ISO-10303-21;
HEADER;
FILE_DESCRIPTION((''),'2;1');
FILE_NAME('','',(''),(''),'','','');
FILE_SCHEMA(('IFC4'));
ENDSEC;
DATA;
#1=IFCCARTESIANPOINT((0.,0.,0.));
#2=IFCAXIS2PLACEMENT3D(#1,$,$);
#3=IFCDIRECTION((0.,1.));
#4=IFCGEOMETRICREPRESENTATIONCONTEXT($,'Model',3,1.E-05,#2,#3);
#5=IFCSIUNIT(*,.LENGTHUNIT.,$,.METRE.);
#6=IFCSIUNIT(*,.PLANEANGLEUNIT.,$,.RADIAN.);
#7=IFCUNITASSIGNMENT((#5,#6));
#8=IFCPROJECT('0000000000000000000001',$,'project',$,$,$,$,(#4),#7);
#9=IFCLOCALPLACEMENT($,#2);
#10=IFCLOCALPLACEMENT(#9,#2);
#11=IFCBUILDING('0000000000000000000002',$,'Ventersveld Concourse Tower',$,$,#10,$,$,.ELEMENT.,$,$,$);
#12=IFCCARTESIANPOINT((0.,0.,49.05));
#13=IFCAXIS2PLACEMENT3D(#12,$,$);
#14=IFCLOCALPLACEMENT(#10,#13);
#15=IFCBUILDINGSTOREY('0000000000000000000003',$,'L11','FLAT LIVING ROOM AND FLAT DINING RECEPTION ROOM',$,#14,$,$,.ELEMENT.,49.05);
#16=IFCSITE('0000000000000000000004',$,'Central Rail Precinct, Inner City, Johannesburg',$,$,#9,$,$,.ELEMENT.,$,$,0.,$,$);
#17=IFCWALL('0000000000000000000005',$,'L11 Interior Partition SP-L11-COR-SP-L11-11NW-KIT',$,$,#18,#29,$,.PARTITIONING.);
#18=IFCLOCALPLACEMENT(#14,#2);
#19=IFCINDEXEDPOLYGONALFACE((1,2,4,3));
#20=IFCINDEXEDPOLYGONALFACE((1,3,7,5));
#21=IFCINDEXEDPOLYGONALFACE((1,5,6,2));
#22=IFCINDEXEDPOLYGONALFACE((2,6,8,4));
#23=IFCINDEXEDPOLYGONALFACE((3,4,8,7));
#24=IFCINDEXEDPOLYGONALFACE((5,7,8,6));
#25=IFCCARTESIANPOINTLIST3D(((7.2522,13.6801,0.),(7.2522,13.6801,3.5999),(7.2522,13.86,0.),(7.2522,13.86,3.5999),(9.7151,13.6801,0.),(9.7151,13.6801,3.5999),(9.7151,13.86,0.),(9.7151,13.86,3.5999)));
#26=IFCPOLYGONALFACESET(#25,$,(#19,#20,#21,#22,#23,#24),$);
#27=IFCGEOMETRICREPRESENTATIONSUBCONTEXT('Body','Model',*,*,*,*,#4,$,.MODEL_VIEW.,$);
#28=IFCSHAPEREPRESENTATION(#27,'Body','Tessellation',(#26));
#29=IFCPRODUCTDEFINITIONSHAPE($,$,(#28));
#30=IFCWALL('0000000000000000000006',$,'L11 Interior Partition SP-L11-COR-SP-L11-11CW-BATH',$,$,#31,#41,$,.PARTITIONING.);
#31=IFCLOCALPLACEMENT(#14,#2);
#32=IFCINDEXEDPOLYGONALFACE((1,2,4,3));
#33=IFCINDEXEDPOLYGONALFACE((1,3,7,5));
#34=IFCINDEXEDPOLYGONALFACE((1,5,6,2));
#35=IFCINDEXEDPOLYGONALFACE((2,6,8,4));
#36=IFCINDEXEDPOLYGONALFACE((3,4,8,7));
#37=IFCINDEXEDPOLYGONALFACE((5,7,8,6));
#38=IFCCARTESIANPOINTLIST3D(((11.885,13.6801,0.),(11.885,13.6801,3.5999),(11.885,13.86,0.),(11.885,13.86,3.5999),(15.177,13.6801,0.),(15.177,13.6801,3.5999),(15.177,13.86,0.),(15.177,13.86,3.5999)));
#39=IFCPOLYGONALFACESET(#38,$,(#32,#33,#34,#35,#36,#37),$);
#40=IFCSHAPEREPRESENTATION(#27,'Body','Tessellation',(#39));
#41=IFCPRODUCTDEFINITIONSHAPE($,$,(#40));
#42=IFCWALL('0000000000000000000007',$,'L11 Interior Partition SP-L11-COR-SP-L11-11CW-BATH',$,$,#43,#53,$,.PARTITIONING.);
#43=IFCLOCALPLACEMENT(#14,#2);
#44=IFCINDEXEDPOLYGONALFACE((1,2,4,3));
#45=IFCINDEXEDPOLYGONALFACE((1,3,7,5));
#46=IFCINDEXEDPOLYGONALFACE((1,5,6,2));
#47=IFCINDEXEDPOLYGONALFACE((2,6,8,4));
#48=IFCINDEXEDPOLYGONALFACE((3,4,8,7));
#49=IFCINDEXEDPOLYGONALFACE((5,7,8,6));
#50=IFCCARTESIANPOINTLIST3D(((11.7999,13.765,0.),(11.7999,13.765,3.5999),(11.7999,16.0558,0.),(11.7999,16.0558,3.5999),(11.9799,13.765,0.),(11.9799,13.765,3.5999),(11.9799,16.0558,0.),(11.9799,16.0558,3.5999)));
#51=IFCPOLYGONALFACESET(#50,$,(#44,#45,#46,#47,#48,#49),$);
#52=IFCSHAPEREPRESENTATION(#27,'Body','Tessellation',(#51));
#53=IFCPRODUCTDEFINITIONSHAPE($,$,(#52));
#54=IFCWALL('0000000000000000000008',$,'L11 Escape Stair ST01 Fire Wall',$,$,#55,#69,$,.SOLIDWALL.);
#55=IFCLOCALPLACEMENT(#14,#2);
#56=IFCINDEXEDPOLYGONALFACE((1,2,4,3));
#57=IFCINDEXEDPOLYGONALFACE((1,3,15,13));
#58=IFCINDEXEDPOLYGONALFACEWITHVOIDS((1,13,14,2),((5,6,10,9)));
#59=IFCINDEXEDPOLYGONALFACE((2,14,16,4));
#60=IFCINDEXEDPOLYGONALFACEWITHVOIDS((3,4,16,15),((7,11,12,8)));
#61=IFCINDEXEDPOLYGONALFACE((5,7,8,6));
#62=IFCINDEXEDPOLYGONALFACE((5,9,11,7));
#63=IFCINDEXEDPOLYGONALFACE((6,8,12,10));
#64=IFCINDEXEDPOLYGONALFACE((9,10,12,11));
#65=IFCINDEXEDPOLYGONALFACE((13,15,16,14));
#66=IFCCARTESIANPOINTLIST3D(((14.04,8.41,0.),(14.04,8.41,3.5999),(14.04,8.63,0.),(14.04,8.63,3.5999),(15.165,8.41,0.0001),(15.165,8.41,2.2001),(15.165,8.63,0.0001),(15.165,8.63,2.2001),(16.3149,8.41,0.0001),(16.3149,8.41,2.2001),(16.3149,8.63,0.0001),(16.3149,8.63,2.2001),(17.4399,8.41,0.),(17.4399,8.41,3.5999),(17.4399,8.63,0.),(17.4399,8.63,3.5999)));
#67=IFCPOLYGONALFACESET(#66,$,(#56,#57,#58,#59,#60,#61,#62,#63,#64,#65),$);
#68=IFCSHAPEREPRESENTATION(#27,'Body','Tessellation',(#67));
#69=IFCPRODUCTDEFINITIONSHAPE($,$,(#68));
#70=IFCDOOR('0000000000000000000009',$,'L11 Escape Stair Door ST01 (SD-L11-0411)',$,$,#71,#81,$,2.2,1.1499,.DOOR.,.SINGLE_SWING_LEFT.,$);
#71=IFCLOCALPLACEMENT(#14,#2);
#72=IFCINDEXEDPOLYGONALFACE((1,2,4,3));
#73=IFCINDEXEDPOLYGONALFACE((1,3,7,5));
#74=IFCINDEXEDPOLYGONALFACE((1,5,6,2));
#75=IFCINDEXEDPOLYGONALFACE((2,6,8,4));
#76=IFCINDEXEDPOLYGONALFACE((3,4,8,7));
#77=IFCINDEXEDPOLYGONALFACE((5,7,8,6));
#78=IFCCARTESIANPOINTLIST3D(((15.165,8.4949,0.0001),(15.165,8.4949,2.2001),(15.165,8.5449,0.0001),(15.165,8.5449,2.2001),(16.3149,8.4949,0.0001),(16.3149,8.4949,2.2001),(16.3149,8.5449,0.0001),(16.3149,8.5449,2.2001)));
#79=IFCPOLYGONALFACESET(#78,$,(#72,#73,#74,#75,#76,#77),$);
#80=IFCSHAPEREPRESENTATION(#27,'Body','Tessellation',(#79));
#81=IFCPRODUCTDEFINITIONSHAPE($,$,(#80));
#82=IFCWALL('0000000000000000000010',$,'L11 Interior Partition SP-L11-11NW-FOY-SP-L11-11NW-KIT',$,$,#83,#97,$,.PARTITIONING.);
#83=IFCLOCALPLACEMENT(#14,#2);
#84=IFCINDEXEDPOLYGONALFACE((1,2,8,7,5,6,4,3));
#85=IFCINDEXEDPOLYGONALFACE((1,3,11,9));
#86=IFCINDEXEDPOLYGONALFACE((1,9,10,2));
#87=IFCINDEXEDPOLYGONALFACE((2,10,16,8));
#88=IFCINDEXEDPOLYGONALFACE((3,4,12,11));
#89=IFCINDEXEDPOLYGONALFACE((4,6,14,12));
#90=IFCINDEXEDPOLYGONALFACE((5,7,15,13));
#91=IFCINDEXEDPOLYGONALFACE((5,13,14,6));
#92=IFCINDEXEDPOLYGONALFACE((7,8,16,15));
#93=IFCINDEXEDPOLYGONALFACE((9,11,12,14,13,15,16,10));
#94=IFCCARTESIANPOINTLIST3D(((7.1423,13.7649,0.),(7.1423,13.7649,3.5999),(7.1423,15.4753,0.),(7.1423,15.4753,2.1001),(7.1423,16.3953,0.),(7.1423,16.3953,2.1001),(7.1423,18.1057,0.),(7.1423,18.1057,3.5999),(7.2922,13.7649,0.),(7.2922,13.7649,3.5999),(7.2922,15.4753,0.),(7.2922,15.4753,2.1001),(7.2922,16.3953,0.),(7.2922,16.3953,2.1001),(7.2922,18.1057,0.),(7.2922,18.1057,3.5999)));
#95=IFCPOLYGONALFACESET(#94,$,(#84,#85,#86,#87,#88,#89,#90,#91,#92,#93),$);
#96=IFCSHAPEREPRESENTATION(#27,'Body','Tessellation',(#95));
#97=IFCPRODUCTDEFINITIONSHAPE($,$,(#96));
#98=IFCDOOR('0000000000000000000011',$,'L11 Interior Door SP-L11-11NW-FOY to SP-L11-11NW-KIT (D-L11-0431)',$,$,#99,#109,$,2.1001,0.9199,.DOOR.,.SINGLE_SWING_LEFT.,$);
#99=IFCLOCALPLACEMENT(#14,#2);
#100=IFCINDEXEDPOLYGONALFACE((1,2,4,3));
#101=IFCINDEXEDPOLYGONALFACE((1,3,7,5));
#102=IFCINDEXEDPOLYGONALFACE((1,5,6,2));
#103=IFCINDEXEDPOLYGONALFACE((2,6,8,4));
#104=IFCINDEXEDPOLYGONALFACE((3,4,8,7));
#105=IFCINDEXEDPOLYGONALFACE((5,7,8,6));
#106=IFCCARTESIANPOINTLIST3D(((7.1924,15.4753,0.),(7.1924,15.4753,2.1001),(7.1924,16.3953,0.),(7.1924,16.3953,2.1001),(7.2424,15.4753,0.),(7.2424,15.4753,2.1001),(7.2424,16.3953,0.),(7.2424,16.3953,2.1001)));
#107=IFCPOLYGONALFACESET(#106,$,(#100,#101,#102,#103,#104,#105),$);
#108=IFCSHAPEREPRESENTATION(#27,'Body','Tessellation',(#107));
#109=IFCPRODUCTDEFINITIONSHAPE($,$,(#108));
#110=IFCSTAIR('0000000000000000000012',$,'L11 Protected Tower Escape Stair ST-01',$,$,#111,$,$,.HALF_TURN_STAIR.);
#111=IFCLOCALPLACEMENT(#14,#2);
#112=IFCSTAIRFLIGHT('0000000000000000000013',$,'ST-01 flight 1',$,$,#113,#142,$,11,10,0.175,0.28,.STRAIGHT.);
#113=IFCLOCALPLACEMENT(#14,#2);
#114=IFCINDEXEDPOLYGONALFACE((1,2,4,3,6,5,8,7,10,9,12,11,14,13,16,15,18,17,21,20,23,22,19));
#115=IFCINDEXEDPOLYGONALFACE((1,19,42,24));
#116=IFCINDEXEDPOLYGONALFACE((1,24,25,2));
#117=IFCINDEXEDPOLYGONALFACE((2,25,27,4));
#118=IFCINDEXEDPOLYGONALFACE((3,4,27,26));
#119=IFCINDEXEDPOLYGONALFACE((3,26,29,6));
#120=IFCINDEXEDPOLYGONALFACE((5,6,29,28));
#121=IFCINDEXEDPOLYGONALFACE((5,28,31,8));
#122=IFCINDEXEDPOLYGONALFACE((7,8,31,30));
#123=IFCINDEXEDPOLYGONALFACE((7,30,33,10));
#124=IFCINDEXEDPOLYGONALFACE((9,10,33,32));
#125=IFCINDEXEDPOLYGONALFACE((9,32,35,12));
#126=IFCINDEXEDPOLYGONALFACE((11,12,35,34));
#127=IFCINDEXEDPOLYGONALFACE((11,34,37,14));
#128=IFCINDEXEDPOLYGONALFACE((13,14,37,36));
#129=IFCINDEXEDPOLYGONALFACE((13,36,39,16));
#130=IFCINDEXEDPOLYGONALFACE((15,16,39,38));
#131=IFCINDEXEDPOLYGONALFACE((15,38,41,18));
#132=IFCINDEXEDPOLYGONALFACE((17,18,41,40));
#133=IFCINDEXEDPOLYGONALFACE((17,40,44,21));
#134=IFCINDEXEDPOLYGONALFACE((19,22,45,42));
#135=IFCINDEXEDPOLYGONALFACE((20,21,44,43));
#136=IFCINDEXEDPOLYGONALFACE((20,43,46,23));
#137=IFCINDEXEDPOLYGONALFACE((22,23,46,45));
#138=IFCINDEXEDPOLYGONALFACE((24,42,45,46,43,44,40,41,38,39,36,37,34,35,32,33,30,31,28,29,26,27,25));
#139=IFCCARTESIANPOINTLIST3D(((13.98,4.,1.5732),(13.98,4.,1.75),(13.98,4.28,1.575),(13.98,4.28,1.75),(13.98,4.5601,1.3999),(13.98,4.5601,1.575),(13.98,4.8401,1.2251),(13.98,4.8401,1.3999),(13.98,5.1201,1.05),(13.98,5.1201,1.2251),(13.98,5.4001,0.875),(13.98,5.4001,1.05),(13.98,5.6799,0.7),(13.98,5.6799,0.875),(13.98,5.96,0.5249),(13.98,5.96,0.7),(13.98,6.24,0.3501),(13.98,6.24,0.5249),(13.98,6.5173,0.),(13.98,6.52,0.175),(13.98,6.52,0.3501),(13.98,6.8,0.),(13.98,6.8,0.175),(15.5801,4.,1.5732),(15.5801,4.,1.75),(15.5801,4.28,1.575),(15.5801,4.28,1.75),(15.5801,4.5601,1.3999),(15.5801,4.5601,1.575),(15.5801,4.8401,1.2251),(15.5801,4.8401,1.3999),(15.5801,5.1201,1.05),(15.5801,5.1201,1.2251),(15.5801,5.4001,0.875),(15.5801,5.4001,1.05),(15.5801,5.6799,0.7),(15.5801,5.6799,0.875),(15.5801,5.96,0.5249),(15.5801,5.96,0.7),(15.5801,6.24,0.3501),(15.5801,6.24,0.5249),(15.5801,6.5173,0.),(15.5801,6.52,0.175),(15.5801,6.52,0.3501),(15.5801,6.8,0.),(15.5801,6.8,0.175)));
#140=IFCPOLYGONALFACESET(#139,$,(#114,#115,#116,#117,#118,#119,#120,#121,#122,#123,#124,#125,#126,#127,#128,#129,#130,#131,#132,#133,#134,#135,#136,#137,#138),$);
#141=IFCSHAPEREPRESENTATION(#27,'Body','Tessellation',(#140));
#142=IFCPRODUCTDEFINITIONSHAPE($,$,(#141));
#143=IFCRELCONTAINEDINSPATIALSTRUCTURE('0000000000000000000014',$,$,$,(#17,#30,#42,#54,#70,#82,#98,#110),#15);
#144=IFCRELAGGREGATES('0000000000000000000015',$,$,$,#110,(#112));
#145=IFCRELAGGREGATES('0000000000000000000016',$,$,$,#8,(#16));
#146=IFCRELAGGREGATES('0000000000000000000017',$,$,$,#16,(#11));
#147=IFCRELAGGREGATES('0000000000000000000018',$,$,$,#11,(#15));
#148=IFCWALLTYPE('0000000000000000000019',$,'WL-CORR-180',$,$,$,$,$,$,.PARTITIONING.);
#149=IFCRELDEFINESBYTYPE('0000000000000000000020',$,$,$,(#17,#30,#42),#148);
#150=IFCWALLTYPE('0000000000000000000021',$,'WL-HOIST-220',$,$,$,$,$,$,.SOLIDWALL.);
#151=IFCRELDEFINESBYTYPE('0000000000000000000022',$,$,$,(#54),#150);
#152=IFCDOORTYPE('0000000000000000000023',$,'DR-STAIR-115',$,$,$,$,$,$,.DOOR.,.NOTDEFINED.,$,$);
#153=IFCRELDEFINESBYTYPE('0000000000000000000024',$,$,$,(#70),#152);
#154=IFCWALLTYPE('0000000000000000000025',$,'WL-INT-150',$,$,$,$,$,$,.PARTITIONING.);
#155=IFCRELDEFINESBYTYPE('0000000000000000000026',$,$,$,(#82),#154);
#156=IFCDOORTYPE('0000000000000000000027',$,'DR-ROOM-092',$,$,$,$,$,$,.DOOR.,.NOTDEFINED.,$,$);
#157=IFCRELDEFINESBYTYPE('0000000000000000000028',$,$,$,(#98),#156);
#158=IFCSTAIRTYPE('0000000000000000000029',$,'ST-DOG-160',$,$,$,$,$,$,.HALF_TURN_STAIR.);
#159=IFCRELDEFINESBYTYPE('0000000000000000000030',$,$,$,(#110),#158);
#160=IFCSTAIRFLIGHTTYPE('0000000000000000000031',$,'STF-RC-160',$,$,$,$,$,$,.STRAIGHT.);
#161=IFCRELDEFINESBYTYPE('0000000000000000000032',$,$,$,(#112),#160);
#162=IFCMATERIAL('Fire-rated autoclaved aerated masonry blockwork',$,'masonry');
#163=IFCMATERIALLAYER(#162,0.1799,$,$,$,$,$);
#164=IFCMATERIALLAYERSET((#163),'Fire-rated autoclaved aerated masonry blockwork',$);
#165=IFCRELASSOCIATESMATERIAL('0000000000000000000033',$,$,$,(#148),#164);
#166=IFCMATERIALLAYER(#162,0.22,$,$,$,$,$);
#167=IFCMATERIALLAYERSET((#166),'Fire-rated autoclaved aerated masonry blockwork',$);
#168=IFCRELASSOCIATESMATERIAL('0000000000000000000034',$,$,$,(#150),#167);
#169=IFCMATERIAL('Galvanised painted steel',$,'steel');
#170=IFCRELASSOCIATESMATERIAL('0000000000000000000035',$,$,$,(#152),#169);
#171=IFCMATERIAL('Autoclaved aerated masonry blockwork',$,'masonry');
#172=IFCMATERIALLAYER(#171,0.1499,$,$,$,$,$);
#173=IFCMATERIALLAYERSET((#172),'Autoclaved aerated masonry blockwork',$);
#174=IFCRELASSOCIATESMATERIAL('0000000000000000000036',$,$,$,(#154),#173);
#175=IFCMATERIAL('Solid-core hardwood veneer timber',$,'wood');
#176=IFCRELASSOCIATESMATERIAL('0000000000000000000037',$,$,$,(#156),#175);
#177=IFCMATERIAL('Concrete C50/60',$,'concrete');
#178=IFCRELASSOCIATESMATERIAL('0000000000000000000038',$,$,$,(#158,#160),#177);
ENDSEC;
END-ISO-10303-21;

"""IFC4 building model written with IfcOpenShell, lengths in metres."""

from ifc_helpers import new_model, si_unit, direction, frame, frame_2d, origin, place, context, subcontext, project, spatial, polyline, rectangle, outline, extrude, material, layer, layer_set, type_object, element, fill, aggregate, save


model = new_model("IFC4")

# Units and contexts
model_context = context("Model", 3, precision=1e-05, world=origin(), true_north=direction((0.0, 1.0)))
body_context = subcontext(model_context, "Body", "Model", "MODEL_VIEW")
ifc_project = project(units=[si_unit("LENGTHUNIT", "METRE"), si_unit("PLANEANGLEUNIT", "RADIAN")], contexts=[model_context])

# Site, building, storey
site_placement = place(None, origin())
site = spatial("IfcSite", under=ifc_project, at=site_placement, Name="Central Rail Precinct, Inner City, Johannesburg", CompositionType="ELEMENT", RefElevation=0.0)
building_placement = place(site_placement, origin())
building = spatial("IfcBuilding", under=site, at=building_placement, Name="Ventersveld Concourse Tower", CompositionType="ELEMENT")
storey_placement = place(building_placement, frame((0.0, 0.0, 49.05)))
storey = spatial("IfcBuildingStorey", under=building, at=storey_placement, Name="L11", Description="FLAT LIVING ROOM AND FLAT DINING RECEPTION ROOM", CompositionType="ELEMENT", Elevation=49.05)

# Shared definitions
ifc_material_1 = material(Name="Concrete C50/60", Category="concrete")

# Shared definitions
ifc_material_2 = material(Name="Fire-rated autoclaved aerated masonry blockwork", Category="masonry")
ifc_layer_1 = layer(ifc_material_2, 0.1799)
ifc_layer_set_1 = layer_set([ifc_layer_1], Name="Fire-rated autoclaved aerated masonry blockwork")
wall_type_1 = type_object("IfcWallType", Name="WL-CORR-180", PredefinedType="PARTITIONING", material=ifc_layer_set_1)
ifc_material_3 = material(Name="Solid-core hardwood veneer timber", Category="wood")

# Wall
wall_1_placement = place(storey_placement, frame((7.2522, 13.77, 0.0), z_axis=(0.0, 0.0, 1.0), x_axis=(1.0, 0.0, 0.0)))
element("IfcWall", 1, at=wall_1_placement, inside=storey, type_object=wall_type_1, Name="L11 Interior Partition SP-L11-COR-SP-L11-11NW-KIT", PredefinedType="PARTITIONING", context=body_context, shape_type="SweptSolid", body=[
    extrude(rectangle(XDim=2.4629, YDim=0.1799, at=frame_2d((1.2314, 0.0))), origin(), (0.0, 0.0, 1.0), 3.5999),
])

# Walls
wall_2_placement = place(storey_placement, frame((11.885, 13.77, 0.0), z_axis=(0.0, 0.0, 1.0), x_axis=(1.0, 0.0, 0.0)))
element("IfcWall", 2, at=wall_2_placement, inside=storey, type_object=wall_type_1, Name="L11 Interior Partition SP-L11-COR-SP-L11-11CW-BATH", PredefinedType="PARTITIONING", context=body_context, shape_type="SweptSolid", body=[
    extrude(rectangle(XDim=3.292, YDim=0.1799, at=frame_2d((1.646, 0.0))), origin(), (0.0, 0.0, 1.0), 3.5999),
])
wall_3_placement = place(storey_placement, frame((11.8899, 13.7649, 0.0), z_axis=(0.0, 0.0, 1.0), x_axis=(0.0, 1.0, 0.0)))
element("IfcWall", 3, at=wall_3_placement, inside=storey, type_object=wall_type_1, Name="L11 Interior Partition SP-L11-COR-SP-L11-11CW-BATH", PredefinedType="PARTITIONING", context=body_context, shape_type="SweptSolid", body=[
    extrude(rectangle(XDim=2.2908, YDim=0.1799, at=frame_2d((1.1455, 0.0))), origin(), (0.0, 0.0, 1.0), 3.5999),
])

# Walls, openings, doors
ifc_layer_2 = layer(ifc_material_2, 0.22)
ifc_layer_set_2 = layer_set([ifc_layer_2], Name="Fire-rated autoclaved aerated masonry blockwork")
wall_type_2 = type_object("IfcWallType", Name="WL-HOIST-220", PredefinedType="SOLIDWALL", material=ifc_layer_set_2)
wall_4_placement = place(storey_placement, frame((14.04, 8.52, 0.0), z_axis=(0.0, 0.0, 1.0), x_axis=(1.0, 0.0, 0.0)))
wall_4 = element("IfcWall", 4, at=wall_4_placement, inside=storey, type_object=wall_type_2, Name="L11 Escape Stair ST01 Fire Wall", PredefinedType="SOLIDWALL", context=body_context, shape_type="SweptSolid", body=[
    extrude(rectangle(XDim=3.3999, YDim=0.22, at=frame_2d((1.7, 0.0))), origin(), (0.0, 0.0, 1.0), 3.5999),
])
opening_1_placement = place(wall_4_placement, frame((1.125, 0.0, 0.0)))
opening_1 = element("IfcOpeningElement", 5, at=opening_1_placement, cuts=wall_4, PredefinedType="OPENING", context=body_context, shape_type="SweptSolid", body=[
    extrude(rectangle(XDim=1.1499, YDim=2.2, at=frame_2d((0.575, 1.1001))), frame((0.0, 0.1201, 0.0), z_axis=(0.0, -1.0, 0.0), x_axis=(1.0, 0.0, 0.0)), (0.0, 0.0, 1.0), 0.24),
])
ifc_material_4 = material(Name="Galvanised painted steel", Category="steel")
door_type_1 = type_object("IfcDoorType", Name="DR-STAIR-115", OperationType="NOTDEFINED", PredefinedType="DOOR", material=ifc_material_4)
door_1_placement = place(opening_1_placement, origin())
door_1 = element("IfcDoor", 6, at=door_1_placement, inside=storey, type_object=door_type_1, Name="L11 Escape Stair Door ST01 (SD-L11-0411)", OperationType="SINGLE_SWING_LEFT", OverallHeight=2.2, OverallWidth=1.1499, PredefinedType="DOOR", context=body_context, shape_type="SweptSolid", body=[
    extrude(rectangle(XDim=1.1499, YDim=2.2, at=frame_2d((0.575, 1.1001))), frame((0.0, 0.0249, 0.0), z_axis=(0.0, -1.0, 0.0), x_axis=(1.0, 0.0, 0.0)), (0.0, 0.0, 1.0), 0.05),
])
fill(opening_1, door_1)
ifc_material_5 = material(Name="Autoclaved aerated masonry blockwork", Category="masonry")
ifc_layer_3 = layer(ifc_material_5, 0.1499)
ifc_layer_set_3 = layer_set([ifc_layer_3], Name="Autoclaved aerated masonry blockwork")
wall_type_3 = type_object("IfcWallType", Name="WL-INT-150", PredefinedType="PARTITIONING", material=ifc_layer_set_3)
wall_5_placement = place(storey_placement, frame((7.2173, 13.7649, 0.0), z_axis=(0.0, 0.0, 1.0), x_axis=(0.0, 1.0, 0.0)))
wall_5 = element("IfcWall", 7, at=wall_5_placement, inside=storey, type_object=wall_type_3, Name="L11 Interior Partition SP-L11-11NW-FOY-SP-L11-11NW-KIT", PredefinedType="PARTITIONING", context=body_context, shape_type="SweptSolid", body=[
    extrude(rectangle(XDim=4.3408, YDim=0.1499, at=frame_2d((2.1704, 0.0))), origin(), (0.0, 0.0, 1.0), 3.5999),
])
opening_2_placement = place(wall_5_placement, frame((1.7104, 0.0, 0.0)))
opening_2 = element("IfcOpeningElement", 8, at=opening_2_placement, cuts=wall_5, PredefinedType="OPENING", context=body_context, shape_type="SweptSolid", body=[
    extrude(rectangle(XDim=0.9199, YDim=2.1001, at=frame_2d((0.46, 1.05))), frame((0.0, 0.085, 0.0), z_axis=(0.0, -1.0, 0.0), x_axis=(1.0, 0.0, 0.0)), (0.0, 0.0, 1.0), 0.1699),
])
door_type_2 = type_object("IfcDoorType", Name="DR-ROOM-092", OperationType="NOTDEFINED", PredefinedType="DOOR", material=ifc_material_3)
door_2_placement = place(opening_2_placement, origin())
door_2 = element("IfcDoor", 9, at=door_2_placement, inside=storey, type_object=door_type_2, Name="L11 Interior Door SP-L11-11NW-FOY to SP-L11-11NW-KIT (D-L11-0431)", OperationType="SINGLE_SWING_LEFT", OverallHeight=2.1001, OverallWidth=0.9199, PredefinedType="DOOR", context=body_context, shape_type="SweptSolid", body=[
    extrude(rectangle(XDim=0.9199, YDim=2.1001, at=frame_2d((0.46, 1.05))), frame((0.0, 0.0249, 0.0), z_axis=(0.0, -1.0, 0.0), x_axis=(1.0, 0.0, 0.0)), (0.0, 0.0, 1.0), 0.05),
])
fill(opening_2, door_2)

# Stair, stair flight
stair_type = type_object("IfcStairType", Name="ST-DOG-160", PredefinedType="HALF_TURN_STAIR", material=ifc_material_1)
stair_placement = place(storey_placement, origin())
stair = element("IfcStair", 10, at=stair_placement, inside=storey, type_object=stair_type, Name="L11 Protected Tower Escape Stair ST-01", PredefinedType="HALF_TURN_STAIR")
stair_flight_type = type_object("IfcStairFlightType", Name="STF-RC-160", PredefinedType="STRAIGHT", material=ifc_material_1)
stair_flight_placement = place(storey_placement, frame((14.78, 6.8, 0.0), z_axis=(0.0, 0.0, 1.0), x_axis=(0.0, -1.0, 0.0)))
stair_flight = element("IfcStairFlight", 11, at=stair_flight_placement, type_object=stair_flight_type, Name="ST-01 flight 1", NumberOfRisers=11, NumberOfTreads=10, PredefinedType="STRAIGHT", RiserHeight=0.175, TreadLength=0.28, context=body_context, shape_type="SweptSolid", body=[
    extrude(outline(polyline([(0.0, 0.0), (0.0, 0.175), (0.28, 0.175), (0.28, 0.3501), (0.5601, 0.3501), (0.5601, 0.5249), (0.8401, 0.5249), (0.8401, 0.7), (1.1201, 0.7), (1.1201, 0.875), (1.3999, 0.875), (1.3999, 1.05), (1.6799, 1.05), (1.6799, 1.2251), (1.96, 1.2251), (1.96, 1.3999), (2.24, 1.3999), (2.24, 1.575), (2.52, 1.575), (2.52, 1.75), (2.8, 1.75), (2.8, 1.925), (2.8, 1.5732), (0.2827, 0.0), (0.0, 0.0)])), frame((0.0, 0.8, 0.0), z_axis=(0.0, -1.0, 0.0), x_axis=(1.0, 0.0, 0.0)), (0.0, 0.0, 1.0), 1.6001),
])
aggregate(stair, [stair_flight])

save(model, "model.ifc")
